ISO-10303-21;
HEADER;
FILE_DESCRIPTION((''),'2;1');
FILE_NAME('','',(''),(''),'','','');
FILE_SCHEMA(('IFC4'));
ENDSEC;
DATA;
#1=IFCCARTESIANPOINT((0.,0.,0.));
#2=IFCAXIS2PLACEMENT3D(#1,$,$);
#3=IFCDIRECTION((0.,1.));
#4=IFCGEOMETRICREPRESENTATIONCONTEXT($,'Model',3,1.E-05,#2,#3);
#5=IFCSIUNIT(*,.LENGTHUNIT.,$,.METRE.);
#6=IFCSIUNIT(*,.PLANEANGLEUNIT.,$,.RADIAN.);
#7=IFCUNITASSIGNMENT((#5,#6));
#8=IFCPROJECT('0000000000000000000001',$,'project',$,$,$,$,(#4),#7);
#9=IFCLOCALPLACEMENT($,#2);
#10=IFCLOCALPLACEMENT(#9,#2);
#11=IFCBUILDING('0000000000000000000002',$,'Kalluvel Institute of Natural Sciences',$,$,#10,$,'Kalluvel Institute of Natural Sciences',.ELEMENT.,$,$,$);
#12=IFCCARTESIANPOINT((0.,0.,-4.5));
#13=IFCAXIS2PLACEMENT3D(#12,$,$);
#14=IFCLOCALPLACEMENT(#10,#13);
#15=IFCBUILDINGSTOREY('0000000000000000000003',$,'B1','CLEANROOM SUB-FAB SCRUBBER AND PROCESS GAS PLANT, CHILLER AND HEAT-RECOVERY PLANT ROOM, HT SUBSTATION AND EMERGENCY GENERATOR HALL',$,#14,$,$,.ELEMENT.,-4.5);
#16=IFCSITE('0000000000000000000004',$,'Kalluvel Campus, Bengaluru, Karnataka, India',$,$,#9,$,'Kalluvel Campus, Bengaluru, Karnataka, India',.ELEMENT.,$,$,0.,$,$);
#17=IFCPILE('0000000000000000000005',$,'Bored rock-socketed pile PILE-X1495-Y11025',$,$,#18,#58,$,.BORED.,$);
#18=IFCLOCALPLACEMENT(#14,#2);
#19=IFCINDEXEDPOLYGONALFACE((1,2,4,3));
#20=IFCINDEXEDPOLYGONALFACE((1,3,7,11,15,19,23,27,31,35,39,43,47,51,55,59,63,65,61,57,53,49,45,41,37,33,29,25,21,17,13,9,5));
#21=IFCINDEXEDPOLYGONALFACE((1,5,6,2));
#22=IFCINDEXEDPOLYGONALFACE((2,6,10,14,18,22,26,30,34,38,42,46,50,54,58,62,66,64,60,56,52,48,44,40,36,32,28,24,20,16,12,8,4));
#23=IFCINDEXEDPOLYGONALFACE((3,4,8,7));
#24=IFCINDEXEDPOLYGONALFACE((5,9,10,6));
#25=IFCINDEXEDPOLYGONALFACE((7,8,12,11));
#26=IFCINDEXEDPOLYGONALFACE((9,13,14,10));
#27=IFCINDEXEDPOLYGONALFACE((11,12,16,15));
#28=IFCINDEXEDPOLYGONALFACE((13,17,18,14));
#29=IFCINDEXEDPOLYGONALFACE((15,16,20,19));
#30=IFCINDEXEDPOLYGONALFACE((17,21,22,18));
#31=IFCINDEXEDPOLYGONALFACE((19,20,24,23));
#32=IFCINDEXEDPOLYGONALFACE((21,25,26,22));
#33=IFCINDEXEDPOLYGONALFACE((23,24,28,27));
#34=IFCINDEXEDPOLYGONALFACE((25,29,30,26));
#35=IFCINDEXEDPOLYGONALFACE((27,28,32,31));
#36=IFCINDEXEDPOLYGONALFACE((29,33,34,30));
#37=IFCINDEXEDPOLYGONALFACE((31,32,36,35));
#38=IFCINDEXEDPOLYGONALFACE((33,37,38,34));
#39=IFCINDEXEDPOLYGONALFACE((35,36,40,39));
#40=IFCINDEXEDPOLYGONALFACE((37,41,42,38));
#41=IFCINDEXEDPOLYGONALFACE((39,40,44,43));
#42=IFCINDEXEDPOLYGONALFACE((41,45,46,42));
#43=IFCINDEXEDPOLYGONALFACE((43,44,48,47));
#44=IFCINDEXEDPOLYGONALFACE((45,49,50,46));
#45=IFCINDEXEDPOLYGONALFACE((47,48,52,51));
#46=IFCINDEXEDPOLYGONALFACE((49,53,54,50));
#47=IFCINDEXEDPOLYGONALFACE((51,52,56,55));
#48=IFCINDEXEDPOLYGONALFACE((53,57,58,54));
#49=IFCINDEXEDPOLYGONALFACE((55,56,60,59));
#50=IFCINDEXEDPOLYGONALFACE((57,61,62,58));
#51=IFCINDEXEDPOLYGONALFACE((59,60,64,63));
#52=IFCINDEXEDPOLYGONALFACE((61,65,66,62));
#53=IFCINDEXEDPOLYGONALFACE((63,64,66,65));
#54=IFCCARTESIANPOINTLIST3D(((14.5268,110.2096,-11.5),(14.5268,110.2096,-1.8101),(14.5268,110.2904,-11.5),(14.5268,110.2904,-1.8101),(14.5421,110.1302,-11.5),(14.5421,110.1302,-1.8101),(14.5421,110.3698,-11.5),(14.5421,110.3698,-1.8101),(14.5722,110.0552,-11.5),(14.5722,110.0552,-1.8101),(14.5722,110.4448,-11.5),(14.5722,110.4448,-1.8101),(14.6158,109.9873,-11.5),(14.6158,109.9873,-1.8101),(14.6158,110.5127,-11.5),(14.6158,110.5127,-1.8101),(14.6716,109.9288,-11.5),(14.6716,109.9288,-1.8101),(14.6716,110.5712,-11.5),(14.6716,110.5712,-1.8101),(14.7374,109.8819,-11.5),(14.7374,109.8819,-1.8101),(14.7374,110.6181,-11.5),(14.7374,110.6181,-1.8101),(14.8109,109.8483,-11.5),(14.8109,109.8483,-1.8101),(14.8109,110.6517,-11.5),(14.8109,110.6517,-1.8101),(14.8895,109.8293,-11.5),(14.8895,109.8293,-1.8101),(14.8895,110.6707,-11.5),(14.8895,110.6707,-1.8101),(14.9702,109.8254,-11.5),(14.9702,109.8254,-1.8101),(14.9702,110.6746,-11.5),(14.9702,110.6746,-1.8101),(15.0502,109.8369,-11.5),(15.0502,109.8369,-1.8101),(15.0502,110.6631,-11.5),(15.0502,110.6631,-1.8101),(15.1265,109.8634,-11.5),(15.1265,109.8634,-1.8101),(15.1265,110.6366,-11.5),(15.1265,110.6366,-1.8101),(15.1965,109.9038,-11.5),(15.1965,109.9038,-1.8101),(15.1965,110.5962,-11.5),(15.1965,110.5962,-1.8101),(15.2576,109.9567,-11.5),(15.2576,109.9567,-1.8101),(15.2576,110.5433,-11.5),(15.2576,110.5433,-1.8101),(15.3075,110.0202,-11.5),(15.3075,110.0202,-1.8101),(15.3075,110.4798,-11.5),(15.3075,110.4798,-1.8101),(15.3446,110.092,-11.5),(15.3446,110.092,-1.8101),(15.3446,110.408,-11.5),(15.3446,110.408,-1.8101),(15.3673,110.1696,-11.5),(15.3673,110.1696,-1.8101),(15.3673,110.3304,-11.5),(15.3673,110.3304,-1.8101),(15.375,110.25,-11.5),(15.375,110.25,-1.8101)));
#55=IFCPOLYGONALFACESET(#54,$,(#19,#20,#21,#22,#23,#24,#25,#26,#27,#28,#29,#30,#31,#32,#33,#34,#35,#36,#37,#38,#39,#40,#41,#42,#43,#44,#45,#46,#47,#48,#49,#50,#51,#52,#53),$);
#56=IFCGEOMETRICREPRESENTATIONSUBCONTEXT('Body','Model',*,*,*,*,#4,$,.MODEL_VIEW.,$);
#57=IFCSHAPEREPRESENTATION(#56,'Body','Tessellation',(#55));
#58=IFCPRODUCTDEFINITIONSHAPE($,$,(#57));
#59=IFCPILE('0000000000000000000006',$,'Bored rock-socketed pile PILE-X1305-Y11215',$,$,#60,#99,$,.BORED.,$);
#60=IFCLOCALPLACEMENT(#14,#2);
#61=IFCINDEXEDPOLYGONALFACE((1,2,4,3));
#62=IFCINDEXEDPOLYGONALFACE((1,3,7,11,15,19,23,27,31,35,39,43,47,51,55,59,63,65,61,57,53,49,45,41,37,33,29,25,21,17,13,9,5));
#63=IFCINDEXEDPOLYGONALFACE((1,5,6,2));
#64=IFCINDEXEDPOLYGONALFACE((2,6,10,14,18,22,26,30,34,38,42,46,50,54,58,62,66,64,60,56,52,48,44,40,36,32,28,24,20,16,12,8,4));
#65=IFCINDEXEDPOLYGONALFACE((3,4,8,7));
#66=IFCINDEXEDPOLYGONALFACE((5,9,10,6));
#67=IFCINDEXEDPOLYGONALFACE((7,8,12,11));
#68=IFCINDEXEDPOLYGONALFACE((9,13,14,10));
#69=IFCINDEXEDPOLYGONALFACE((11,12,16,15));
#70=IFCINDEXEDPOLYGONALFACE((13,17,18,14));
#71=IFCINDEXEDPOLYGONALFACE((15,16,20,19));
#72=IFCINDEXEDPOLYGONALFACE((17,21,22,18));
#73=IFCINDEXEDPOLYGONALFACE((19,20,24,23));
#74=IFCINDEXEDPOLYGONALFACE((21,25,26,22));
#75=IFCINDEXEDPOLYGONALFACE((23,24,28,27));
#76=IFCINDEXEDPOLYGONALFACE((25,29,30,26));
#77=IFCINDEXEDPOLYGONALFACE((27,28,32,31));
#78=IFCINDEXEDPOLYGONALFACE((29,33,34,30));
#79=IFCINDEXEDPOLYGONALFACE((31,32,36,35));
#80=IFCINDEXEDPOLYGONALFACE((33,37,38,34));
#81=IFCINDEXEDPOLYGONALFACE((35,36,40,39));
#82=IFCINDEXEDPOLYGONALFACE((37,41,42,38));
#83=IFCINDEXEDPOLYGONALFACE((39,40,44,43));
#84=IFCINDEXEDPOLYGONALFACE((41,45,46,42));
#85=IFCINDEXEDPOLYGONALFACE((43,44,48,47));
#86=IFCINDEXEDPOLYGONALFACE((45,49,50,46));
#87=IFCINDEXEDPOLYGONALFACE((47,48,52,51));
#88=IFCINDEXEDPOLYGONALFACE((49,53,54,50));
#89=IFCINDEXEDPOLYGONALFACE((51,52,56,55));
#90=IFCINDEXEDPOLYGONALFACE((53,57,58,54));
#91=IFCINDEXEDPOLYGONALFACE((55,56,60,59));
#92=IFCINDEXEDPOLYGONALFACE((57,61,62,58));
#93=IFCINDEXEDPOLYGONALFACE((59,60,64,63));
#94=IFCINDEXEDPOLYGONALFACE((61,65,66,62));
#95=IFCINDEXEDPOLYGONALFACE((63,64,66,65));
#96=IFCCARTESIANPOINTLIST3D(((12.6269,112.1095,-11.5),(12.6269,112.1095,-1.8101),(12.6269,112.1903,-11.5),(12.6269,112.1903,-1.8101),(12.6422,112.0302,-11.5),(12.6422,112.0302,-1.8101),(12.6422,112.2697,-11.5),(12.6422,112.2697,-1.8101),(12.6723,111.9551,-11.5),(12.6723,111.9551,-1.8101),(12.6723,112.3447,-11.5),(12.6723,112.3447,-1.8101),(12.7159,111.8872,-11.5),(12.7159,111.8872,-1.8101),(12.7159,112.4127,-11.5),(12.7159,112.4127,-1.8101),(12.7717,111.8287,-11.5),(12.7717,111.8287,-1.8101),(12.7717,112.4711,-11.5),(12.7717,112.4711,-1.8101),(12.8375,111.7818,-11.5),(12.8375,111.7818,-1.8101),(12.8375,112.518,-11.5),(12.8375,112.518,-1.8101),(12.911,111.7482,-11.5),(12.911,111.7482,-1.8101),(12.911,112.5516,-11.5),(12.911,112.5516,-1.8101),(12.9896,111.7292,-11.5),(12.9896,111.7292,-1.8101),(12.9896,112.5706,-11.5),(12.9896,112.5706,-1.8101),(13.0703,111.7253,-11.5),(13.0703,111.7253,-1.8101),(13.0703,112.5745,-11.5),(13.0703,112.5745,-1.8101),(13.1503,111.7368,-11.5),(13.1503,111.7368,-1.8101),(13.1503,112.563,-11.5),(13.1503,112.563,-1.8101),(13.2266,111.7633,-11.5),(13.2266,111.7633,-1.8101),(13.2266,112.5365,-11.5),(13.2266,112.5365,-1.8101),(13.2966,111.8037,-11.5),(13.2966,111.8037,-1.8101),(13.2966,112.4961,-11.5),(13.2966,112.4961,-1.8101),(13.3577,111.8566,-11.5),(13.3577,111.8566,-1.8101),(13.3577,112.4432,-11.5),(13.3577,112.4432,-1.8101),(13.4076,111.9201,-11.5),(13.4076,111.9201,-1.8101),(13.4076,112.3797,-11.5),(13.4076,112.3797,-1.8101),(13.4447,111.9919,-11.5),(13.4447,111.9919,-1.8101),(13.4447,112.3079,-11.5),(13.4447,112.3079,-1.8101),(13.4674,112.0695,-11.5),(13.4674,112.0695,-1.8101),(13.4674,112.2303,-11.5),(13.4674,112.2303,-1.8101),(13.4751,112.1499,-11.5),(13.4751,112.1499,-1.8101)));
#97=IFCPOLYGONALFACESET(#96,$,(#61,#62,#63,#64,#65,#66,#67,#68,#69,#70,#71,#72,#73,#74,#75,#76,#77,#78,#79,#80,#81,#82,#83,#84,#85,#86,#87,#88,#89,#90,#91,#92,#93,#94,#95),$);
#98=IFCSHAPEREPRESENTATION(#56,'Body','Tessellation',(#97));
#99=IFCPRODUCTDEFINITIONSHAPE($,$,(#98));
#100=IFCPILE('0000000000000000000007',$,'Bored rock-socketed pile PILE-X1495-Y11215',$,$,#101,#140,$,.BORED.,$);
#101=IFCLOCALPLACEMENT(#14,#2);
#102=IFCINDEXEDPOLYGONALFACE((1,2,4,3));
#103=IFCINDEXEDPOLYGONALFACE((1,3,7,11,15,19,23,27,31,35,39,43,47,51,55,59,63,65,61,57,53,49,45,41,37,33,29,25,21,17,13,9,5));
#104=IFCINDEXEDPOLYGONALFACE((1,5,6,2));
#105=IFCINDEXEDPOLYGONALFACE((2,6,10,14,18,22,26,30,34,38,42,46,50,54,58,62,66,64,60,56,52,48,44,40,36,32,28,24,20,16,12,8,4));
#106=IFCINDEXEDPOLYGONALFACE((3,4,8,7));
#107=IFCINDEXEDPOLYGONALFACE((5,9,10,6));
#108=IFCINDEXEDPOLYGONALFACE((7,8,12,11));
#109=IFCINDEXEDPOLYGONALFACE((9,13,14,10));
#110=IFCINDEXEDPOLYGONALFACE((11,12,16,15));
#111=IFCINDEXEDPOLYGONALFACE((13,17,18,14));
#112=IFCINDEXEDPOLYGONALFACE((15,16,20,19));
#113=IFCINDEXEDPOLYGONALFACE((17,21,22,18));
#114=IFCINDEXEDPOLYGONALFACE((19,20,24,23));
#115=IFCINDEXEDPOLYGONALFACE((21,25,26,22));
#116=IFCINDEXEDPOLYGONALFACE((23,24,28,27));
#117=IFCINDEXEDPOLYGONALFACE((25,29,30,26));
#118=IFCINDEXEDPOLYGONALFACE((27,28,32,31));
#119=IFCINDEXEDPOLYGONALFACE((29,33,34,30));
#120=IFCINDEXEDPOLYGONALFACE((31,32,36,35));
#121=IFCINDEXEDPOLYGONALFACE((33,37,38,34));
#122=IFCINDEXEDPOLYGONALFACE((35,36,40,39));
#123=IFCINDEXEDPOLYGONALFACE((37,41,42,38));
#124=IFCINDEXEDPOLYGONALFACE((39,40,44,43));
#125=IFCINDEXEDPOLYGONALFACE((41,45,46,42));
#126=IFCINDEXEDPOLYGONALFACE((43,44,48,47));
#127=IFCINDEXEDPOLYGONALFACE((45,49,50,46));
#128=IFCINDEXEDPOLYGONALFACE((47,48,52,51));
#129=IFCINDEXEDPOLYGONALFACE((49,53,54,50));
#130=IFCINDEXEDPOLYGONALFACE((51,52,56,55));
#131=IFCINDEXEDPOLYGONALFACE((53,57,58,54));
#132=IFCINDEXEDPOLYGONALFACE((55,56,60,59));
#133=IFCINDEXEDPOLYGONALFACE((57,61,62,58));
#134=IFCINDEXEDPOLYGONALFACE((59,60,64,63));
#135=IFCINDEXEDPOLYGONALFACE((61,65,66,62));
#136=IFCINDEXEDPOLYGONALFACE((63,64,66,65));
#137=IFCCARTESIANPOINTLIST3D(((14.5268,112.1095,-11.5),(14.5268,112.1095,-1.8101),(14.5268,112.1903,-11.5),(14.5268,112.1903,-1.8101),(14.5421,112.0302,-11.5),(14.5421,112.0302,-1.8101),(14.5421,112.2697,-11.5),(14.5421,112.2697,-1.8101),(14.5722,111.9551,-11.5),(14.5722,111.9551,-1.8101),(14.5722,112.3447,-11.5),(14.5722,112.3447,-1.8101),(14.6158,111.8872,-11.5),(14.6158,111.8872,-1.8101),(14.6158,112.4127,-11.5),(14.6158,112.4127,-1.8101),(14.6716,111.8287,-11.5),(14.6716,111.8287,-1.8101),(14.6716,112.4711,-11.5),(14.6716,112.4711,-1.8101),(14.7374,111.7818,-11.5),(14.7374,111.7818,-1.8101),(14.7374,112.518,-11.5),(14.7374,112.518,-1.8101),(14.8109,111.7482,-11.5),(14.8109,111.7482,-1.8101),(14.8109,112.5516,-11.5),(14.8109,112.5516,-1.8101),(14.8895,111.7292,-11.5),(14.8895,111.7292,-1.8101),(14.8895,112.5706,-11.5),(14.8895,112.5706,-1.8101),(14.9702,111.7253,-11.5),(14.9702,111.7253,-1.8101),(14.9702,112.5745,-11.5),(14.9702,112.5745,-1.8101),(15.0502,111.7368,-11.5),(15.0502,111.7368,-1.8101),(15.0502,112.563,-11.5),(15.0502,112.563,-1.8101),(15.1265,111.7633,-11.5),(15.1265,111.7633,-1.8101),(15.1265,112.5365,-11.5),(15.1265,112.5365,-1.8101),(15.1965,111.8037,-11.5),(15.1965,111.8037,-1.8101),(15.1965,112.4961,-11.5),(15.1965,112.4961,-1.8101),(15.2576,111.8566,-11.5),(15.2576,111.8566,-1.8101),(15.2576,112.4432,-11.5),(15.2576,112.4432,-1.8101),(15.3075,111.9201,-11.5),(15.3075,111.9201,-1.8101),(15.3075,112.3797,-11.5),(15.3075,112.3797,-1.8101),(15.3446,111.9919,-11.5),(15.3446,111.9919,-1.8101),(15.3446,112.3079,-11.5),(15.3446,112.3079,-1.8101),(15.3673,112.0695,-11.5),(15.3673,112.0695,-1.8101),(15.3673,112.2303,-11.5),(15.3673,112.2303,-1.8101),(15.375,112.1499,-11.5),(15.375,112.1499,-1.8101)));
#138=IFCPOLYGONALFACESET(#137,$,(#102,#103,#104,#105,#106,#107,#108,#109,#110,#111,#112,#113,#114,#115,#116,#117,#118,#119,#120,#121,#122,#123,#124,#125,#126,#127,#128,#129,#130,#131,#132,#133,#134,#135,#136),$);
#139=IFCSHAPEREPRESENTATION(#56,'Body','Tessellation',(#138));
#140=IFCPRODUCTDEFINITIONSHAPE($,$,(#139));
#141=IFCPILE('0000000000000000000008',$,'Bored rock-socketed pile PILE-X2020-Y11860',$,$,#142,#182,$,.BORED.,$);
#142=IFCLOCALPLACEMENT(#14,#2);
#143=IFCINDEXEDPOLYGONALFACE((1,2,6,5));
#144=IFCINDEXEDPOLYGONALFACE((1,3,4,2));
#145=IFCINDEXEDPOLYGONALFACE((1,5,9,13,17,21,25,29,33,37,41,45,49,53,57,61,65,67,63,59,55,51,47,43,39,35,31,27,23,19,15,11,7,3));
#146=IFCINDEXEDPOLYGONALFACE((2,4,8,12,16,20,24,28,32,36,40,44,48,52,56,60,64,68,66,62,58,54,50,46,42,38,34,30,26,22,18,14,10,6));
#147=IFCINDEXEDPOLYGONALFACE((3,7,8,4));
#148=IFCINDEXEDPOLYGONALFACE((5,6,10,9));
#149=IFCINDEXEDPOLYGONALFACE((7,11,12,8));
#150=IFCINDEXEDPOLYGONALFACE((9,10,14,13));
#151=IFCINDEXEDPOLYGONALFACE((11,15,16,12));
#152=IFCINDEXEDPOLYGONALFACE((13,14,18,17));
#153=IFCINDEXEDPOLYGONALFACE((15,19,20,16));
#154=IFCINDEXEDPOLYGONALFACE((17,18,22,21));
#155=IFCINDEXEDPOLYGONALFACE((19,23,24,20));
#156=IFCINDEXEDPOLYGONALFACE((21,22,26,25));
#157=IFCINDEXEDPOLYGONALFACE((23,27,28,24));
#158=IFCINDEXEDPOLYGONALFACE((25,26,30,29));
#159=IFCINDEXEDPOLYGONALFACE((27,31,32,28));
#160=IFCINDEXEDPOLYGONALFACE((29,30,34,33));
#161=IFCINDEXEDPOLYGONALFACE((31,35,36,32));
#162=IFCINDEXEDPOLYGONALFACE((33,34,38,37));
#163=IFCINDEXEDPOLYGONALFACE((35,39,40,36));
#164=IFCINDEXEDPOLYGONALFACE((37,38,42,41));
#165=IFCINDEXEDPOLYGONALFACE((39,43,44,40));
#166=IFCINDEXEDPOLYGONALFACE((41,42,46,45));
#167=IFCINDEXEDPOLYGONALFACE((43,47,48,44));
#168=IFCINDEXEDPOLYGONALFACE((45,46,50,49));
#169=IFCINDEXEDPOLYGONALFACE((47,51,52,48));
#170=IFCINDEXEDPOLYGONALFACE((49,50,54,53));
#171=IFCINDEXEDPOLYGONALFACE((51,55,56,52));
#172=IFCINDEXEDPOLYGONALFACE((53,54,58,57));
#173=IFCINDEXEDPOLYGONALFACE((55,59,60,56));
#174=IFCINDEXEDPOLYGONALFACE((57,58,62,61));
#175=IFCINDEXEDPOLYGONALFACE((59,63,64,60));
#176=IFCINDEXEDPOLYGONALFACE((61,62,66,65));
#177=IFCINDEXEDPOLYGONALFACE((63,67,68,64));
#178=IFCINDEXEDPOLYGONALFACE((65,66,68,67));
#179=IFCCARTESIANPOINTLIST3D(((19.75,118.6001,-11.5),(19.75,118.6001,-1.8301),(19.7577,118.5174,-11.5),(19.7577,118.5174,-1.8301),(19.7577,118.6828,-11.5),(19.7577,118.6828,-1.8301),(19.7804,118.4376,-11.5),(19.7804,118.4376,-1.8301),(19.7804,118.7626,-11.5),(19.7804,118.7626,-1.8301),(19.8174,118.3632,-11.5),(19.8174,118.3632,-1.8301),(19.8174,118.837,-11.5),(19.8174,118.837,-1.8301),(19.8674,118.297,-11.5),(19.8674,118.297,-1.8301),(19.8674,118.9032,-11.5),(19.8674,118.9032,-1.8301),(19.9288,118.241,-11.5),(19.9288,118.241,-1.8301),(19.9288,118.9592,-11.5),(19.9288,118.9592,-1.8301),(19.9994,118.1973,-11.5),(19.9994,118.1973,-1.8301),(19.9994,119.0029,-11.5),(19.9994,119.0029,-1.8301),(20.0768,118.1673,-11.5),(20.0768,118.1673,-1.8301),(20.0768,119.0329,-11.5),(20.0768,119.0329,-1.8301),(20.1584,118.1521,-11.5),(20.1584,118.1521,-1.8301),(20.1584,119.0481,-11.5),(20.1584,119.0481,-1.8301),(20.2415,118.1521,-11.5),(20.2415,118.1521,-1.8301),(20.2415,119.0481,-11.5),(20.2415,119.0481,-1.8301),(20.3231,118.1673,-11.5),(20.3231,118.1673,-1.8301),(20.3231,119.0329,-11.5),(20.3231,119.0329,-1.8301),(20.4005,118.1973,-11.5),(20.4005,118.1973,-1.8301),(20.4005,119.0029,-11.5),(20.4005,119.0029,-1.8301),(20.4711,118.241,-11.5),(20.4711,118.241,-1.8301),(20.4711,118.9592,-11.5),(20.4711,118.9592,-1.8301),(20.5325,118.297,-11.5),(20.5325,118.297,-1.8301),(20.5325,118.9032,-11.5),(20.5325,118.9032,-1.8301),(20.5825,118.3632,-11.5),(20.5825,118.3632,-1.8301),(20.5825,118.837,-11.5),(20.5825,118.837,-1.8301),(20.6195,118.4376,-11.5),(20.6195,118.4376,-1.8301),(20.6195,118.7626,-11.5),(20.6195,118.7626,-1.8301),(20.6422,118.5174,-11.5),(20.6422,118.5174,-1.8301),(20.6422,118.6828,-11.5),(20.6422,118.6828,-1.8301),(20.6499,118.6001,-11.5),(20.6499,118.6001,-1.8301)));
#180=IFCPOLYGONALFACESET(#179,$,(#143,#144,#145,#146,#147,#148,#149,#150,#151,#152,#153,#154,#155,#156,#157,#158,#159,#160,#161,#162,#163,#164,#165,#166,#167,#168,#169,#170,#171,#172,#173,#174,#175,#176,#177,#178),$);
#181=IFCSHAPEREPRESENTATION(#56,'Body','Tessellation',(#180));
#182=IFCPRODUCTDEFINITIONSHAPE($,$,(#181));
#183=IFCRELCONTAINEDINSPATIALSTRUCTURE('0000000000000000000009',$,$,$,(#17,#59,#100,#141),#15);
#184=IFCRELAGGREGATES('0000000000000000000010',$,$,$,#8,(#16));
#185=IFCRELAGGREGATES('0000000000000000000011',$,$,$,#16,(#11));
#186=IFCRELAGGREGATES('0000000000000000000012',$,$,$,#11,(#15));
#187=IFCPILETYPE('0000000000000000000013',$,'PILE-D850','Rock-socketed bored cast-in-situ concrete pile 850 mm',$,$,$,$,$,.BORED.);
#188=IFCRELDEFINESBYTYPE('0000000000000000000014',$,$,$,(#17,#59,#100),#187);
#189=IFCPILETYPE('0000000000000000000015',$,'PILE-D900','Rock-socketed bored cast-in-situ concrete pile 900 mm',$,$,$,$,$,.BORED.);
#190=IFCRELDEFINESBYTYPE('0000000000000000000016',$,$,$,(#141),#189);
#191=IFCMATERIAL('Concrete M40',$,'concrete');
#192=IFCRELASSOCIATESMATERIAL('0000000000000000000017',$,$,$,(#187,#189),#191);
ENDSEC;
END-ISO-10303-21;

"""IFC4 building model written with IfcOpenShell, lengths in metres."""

from ifc_helpers import new_model, si_unit, direction, frame, origin, origin_2d, place, context, subcontext, project, spatial, circle, extrude, material, material_profile, profile_set, type_object, element, save


model = new_model("IFC4")

# Units and contexts
model_context = context("Model", 3, precision=1e-05, world=origin(), true_north=direction((0.0, 1.0)))
body_context = subcontext(model_context, "Body", "Model", "MODEL_VIEW")
ifc_project = project(units=[si_unit("LENGTHUNIT", "METRE"), si_unit("PLANEANGLEUNIT", "RADIAN")], contexts=[model_context])

# Site, building, storey
site_placement = place(None, origin())
site = spatial("IfcSite", under=ifc_project, at=site_placement, Name="Kalluvel Campus, Bengaluru, Karnataka, India", LongName="Kalluvel Campus, Bengaluru, Karnataka, India", CompositionType="ELEMENT", RefElevation=0.0)
building_placement = place(site_placement, origin())
building = spatial("IfcBuilding", under=site, at=building_placement, Name="Kalluvel Institute of Natural Sciences", LongName="Kalluvel Institute of Natural Sciences", CompositionType="ELEMENT")
storey_placement = place(building_placement, frame((0.0, 0.0, -4.5)))
storey = spatial("IfcBuildingStorey", under=building, at=storey_placement, Name="B1", Description="CLEANROOM SUB-FAB SCRUBBER AND PROCESS GAS PLANT, CHILLER AND HEAT-RECOVERY PLANT ROOM, HT SUBSTATION AND EMERGENCY GENERATOR HALL", CompositionType="ELEMENT", Elevation=-4.5)

# Shared definitions
ifc_material_1 = material(Name="Concrete M40", Category="concrete")

# Piles
ifc_material_profile_1 = material_profile(ifc_material_1, circle(Radius=0.425, at=origin_2d()), Name="PILE D850")
ifc_profile_set_1 = profile_set([ifc_material_profile_1], Name="Concrete M40")
pile_type_1 = type_object("IfcPileType", Name="PILE-D850", Description="Rock-socketed bored cast-in-situ concrete pile 850 mm", PredefinedType="BORED", material=ifc_profile_set_1)
for number, where, z_axis, x_axis, name in (
    (1, (14.95, 110.25, -1.8101), (0.0, 0.0, -1.0), (1.0, 0.0, 0.0), "Bored rock-socketed pile PILE-X1495-Y11025"),
    (2, (13.05, 112.1499, -1.8101), (0.0, 0.0, -1.0), (1.0, 0.0, 0.0), "Bored rock-socketed pile PILE-X1305-Y11215"),
    (3, (14.95, 112.1499, -1.8101), (0.0, 0.0, -1.0), (1.0, 0.0, 0.0), "Bored rock-socketed pile PILE-X1495-Y11215"),
):
    element("IfcPile", number, at=place(storey_placement, frame(where, z_axis=z_axis, x_axis=x_axis)), inside=storey, type_object=pile_type_1, Name=name, PredefinedType="BORED", context=body_context, shape_type="SweptSolid", body=[
        extrude(circle(Radius=0.425, at=origin_2d()), origin(), (0.0, 0.0, 1.0), 9.6899),
    ])
ifc_material_profile_2 = material_profile(ifc_material_1, circle(Radius=0.45, at=origin_2d()), Name="PILE D900")
ifc_profile_set_2 = profile_set([ifc_material_profile_2], Name="Concrete M40")
pile_type_2 = type_object("IfcPileType", Name="PILE-D900", Description="Rock-socketed bored cast-in-situ concrete pile 900 mm", PredefinedType="BORED", material=ifc_profile_set_2)
pile_placement = place(storey_placement, frame((20.2, 118.6001, -1.8301), z_axis=(0.0, 0.0, -1.0), x_axis=(1.0, 0.0, 0.0)))
element("IfcPile", 4, at=pile_placement, inside=storey, type_object=pile_type_2, Name="Bored rock-socketed pile PILE-X2020-Y11860", PredefinedType="BORED", context=body_context, shape_type="SweptSolid", body=[
    extrude(circle(Radius=0.45, at=origin_2d()), origin(), (0.0, 0.0, 1.0), 9.6699),
])

save(model, "model.ifc")
